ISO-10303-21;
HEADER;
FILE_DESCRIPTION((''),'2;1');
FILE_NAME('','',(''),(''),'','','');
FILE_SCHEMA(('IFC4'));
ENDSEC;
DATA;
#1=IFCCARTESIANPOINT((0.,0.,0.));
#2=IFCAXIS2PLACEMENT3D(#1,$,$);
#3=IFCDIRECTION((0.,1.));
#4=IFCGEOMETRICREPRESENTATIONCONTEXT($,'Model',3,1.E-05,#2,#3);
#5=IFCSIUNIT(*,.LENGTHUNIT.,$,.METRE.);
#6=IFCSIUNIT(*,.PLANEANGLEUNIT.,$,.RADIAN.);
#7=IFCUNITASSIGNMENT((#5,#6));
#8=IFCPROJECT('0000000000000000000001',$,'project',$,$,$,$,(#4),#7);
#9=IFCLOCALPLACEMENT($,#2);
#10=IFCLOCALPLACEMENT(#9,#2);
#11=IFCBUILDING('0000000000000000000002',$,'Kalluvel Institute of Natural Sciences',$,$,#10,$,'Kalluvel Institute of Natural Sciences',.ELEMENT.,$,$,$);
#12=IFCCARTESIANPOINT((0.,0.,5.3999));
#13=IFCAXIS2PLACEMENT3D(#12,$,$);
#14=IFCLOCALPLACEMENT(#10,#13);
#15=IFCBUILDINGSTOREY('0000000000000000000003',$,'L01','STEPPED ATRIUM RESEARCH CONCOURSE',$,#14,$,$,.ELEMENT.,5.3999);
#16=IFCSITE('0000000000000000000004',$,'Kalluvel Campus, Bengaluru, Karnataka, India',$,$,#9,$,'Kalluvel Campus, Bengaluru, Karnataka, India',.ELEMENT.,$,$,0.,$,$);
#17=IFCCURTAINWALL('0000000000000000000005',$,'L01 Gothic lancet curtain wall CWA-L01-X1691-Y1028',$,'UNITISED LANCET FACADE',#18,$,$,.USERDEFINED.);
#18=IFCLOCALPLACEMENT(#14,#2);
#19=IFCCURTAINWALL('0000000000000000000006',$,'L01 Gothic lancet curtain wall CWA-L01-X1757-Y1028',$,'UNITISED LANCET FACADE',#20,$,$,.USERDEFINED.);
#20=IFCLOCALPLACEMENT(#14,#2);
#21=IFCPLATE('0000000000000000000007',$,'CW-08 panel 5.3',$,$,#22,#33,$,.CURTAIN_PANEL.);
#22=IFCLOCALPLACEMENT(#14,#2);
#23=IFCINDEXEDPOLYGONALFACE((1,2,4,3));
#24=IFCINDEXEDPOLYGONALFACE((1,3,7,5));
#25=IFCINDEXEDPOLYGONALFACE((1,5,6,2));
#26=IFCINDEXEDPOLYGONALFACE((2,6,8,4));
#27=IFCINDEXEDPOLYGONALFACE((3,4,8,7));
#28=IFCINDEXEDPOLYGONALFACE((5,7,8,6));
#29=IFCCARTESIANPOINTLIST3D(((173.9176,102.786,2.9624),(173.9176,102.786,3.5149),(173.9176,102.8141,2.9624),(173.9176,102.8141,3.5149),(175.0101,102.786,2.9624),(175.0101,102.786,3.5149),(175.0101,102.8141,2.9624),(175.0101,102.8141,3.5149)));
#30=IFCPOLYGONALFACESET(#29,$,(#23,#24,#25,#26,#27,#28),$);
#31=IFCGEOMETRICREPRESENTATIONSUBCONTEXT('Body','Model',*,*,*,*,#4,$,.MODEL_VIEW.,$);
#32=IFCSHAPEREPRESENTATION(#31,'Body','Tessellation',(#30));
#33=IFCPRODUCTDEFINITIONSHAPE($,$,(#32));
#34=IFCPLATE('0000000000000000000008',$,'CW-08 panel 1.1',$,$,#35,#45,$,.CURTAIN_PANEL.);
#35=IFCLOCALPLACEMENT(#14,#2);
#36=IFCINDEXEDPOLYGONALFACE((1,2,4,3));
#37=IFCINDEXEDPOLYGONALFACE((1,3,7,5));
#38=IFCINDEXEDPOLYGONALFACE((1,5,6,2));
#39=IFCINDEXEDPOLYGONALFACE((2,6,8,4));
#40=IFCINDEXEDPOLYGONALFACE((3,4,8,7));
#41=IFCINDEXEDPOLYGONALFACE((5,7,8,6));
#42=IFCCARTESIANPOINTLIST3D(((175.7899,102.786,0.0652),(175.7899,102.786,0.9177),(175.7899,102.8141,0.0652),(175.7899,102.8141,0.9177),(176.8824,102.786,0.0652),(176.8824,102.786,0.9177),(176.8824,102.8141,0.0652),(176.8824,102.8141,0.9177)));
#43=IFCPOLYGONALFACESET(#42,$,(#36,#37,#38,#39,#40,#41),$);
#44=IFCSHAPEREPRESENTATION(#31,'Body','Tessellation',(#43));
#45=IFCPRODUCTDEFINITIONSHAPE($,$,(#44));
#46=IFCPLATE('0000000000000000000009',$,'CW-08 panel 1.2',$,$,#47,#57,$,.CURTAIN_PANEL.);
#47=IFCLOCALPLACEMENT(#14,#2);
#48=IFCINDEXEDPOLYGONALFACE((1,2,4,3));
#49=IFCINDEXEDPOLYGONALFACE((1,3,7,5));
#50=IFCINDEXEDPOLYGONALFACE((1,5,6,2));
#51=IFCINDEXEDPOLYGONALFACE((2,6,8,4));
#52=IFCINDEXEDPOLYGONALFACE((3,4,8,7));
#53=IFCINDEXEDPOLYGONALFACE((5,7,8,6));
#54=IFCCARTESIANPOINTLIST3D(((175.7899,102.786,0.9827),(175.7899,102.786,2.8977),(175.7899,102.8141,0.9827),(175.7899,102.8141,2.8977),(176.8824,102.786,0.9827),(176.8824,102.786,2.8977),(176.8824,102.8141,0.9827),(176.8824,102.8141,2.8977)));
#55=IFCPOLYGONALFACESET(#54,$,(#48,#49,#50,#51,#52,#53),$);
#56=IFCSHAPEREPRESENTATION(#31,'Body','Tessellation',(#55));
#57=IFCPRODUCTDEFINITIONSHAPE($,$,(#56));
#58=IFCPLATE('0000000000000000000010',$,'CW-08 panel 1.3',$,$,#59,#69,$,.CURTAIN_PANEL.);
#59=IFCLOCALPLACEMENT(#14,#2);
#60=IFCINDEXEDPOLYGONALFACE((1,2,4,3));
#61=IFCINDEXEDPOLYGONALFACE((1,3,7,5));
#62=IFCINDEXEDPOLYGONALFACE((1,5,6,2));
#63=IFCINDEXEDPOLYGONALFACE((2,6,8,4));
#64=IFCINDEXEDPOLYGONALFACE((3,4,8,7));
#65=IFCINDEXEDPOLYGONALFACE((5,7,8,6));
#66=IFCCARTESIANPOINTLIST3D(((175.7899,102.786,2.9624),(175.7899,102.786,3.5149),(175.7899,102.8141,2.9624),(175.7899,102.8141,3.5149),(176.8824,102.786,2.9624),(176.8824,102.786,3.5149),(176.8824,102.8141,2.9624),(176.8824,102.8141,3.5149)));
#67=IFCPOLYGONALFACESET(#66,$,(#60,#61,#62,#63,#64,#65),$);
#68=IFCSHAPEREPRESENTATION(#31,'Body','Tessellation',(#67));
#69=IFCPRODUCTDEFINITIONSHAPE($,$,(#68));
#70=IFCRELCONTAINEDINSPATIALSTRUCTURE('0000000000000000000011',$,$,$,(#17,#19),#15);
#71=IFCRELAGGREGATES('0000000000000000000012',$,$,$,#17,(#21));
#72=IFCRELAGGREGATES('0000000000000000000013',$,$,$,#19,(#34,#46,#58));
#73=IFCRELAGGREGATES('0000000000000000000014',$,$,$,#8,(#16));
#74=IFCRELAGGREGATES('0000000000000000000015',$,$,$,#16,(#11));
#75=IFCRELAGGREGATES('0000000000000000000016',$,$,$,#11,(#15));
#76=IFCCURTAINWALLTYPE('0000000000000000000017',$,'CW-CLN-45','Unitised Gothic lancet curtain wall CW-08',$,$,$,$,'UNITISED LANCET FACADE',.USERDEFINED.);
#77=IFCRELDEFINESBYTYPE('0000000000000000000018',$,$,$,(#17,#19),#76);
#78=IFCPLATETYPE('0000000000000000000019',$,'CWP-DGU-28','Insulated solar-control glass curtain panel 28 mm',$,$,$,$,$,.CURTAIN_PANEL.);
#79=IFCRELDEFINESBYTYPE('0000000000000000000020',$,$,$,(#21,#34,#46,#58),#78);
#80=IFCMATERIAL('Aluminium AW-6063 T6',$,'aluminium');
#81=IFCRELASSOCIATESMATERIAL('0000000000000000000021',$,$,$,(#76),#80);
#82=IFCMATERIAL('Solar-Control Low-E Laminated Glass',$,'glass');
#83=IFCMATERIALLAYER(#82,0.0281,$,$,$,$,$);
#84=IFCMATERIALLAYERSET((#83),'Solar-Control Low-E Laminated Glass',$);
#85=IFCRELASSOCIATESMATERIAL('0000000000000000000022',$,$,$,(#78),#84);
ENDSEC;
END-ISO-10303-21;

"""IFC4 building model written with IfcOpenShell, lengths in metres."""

from ifc_helpers import new_model, si_unit, direction, frame, origin, origin_2d, place, context, subcontext, project, spatial, rectangle, extrude, material, layer, layer_set, type_object, element, aggregate, save


model = new_model("IFC4")

# Units and contexts
model_context = context("Model", 3, precision=1e-05, world=origin(), true_north=direction((0.0, 1.0)))
body_context = subcontext(model_context, "Body", "Model", "MODEL_VIEW")
ifc_project = project(units=[si_unit("LENGTHUNIT", "METRE"), si_unit("PLANEANGLEUNIT", "RADIAN")], contexts=[model_context])

# Site, building, storey
site_placement = place(None, origin())
site = spatial("IfcSite", under=ifc_project, at=site_placement, Name="Kalluvel Campus, Bengaluru, Karnataka, India", LongName="Kalluvel Campus, Bengaluru, Karnataka, India", CompositionType="ELEMENT", RefElevation=0.0)
building_placement = place(site_placement, origin())
building = spatial("IfcBuilding", under=site, at=building_placement, Name="Kalluvel Institute of Natural Sciences", LongName="Kalluvel Institute of Natural Sciences", CompositionType="ELEMENT")
storey_placement = place(building_placement, frame((0.0, 0.0, 5.3999)))
storey = spatial("IfcBuildingStorey", under=building, at=storey_placement, Name="L01", Description="STEPPED ATRIUM RESEARCH CONCOURSE", CompositionType="ELEMENT", Elevation=5.3999)

# Curtain walls
ifc_material_1 = material(Name="Aluminium AW-6063 T6", Category="aluminium")
curtain_wall_type = type_object("IfcCurtainWallType", Name="CW-CLN-45", Description="Unitised Gothic lancet curtain wall CW-08", ElementType="UNITISED LANCET FACADE", PredefinedType="USERDEFINED", material=ifc_material_1)
curtain_wall_1_placement = place(storey_placement, origin())
curtain_wall_1 = element("IfcCurtainWall", 1, at=curtain_wall_1_placement, inside=storey, type_object=curtain_wall_type, Name="L01 Gothic lancet curtain wall CWA-L01-X1691-Y1028", ObjectType="UNITISED LANCET FACADE", PredefinedType="USERDEFINED")
curtain_wall_2_placement = place(storey_placement, origin())
curtain_wall_2 = element("IfcCurtainWall", 2, at=curtain_wall_2_placement, inside=storey, type_object=curtain_wall_type, Name="L01 Gothic lancet curtain wall CWA-L01-X1757-Y1028", ObjectType="UNITISED LANCET FACADE", PredefinedType="USERDEFINED")

# Plates
ifc_material_2 = material(Name="Solar-Control Low-E Laminated Glass", Category="glass")
ifc_layer = layer(ifc_material_2, 0.0281)
ifc_layer_set = layer_set([ifc_layer], Name="Solar-Control Low-E Laminated Glass")
plate_type = type_object("IfcPlateType", Name="CWP-DGU-28", Description="Insulated solar-control glass curtain panel 28 mm", PredefinedType="CURTAIN_PANEL", material=ifc_layer_set)
plate_1_placement = place(storey_placement, frame((174.4639, 102.8, 2.9624), z_axis=(0.0, 0.0, 1.0), x_axis=(1.0, 0.0, 0.0)))
plate_1 = element("IfcPlate", 3, at=plate_1_placement, type_object=plate_type, Name="CW-08 panel 5.3", PredefinedType="CURTAIN_PANEL", context=body_context, shape_type="SweptSolid", body=[
    extrude(rectangle(XDim=1.0925, YDim=0.0281, at=origin_2d()), origin(), (0.0, 0.0, 1.0), 0.5525),
])
aggregate(curtain_wall_1, [plate_1])
plate_2_placement = place(storey_placement, frame((176.3362, 102.8, 0.0652), z_axis=(0.0, 0.0, 1.0), x_axis=(1.0, 0.0, 0.0)))
plate_2 = element("IfcPlate", 4, at=plate_2_placement, type_object=plate_type, Name="CW-08 panel 1.1", PredefinedType="CURTAIN_PANEL", context=body_context, shape_type="SweptSolid", body=[
    extrude(rectangle(XDim=1.0925, YDim=0.0281, at=origin_2d()), origin(), (0.0, 0.0, 1.0), 0.8525),
])
plate_3_placement = place(storey_placement, frame((176.3362, 102.8, 0.9827), z_axis=(0.0, 0.0, 1.0), x_axis=(1.0, 0.0, 0.0)))
plate_3 = element("IfcPlate", 5, at=plate_3_placement, type_object=plate_type, Name="CW-08 panel 1.2", PredefinedType="CURTAIN_PANEL", context=body_context, shape_type="SweptSolid", body=[
    extrude(rectangle(XDim=1.0925, YDim=0.0281, at=origin_2d()), origin(), (0.0, 0.0, 1.0), 1.915),
])
plate_4_placement = place(storey_placement, frame((176.3362, 102.8, 2.9624), z_axis=(0.0, 0.0, 1.0), x_axis=(1.0, 0.0, 0.0)))
plate_4 = element("IfcPlate", 6, at=plate_4_placement, type_object=plate_type, Name="CW-08 panel 1.3", PredefinedType="CURTAIN_PANEL", context=body_context, shape_type="SweptSolid", body=[
    extrude(rectangle(XDim=1.0925, YDim=0.0281, at=origin_2d()), origin(), (0.0, 0.0, 1.0), 0.5525),
])
aggregate(curtain_wall_2, [plate_2, plate_3, plate_4])

save(model, "model.ifc")
